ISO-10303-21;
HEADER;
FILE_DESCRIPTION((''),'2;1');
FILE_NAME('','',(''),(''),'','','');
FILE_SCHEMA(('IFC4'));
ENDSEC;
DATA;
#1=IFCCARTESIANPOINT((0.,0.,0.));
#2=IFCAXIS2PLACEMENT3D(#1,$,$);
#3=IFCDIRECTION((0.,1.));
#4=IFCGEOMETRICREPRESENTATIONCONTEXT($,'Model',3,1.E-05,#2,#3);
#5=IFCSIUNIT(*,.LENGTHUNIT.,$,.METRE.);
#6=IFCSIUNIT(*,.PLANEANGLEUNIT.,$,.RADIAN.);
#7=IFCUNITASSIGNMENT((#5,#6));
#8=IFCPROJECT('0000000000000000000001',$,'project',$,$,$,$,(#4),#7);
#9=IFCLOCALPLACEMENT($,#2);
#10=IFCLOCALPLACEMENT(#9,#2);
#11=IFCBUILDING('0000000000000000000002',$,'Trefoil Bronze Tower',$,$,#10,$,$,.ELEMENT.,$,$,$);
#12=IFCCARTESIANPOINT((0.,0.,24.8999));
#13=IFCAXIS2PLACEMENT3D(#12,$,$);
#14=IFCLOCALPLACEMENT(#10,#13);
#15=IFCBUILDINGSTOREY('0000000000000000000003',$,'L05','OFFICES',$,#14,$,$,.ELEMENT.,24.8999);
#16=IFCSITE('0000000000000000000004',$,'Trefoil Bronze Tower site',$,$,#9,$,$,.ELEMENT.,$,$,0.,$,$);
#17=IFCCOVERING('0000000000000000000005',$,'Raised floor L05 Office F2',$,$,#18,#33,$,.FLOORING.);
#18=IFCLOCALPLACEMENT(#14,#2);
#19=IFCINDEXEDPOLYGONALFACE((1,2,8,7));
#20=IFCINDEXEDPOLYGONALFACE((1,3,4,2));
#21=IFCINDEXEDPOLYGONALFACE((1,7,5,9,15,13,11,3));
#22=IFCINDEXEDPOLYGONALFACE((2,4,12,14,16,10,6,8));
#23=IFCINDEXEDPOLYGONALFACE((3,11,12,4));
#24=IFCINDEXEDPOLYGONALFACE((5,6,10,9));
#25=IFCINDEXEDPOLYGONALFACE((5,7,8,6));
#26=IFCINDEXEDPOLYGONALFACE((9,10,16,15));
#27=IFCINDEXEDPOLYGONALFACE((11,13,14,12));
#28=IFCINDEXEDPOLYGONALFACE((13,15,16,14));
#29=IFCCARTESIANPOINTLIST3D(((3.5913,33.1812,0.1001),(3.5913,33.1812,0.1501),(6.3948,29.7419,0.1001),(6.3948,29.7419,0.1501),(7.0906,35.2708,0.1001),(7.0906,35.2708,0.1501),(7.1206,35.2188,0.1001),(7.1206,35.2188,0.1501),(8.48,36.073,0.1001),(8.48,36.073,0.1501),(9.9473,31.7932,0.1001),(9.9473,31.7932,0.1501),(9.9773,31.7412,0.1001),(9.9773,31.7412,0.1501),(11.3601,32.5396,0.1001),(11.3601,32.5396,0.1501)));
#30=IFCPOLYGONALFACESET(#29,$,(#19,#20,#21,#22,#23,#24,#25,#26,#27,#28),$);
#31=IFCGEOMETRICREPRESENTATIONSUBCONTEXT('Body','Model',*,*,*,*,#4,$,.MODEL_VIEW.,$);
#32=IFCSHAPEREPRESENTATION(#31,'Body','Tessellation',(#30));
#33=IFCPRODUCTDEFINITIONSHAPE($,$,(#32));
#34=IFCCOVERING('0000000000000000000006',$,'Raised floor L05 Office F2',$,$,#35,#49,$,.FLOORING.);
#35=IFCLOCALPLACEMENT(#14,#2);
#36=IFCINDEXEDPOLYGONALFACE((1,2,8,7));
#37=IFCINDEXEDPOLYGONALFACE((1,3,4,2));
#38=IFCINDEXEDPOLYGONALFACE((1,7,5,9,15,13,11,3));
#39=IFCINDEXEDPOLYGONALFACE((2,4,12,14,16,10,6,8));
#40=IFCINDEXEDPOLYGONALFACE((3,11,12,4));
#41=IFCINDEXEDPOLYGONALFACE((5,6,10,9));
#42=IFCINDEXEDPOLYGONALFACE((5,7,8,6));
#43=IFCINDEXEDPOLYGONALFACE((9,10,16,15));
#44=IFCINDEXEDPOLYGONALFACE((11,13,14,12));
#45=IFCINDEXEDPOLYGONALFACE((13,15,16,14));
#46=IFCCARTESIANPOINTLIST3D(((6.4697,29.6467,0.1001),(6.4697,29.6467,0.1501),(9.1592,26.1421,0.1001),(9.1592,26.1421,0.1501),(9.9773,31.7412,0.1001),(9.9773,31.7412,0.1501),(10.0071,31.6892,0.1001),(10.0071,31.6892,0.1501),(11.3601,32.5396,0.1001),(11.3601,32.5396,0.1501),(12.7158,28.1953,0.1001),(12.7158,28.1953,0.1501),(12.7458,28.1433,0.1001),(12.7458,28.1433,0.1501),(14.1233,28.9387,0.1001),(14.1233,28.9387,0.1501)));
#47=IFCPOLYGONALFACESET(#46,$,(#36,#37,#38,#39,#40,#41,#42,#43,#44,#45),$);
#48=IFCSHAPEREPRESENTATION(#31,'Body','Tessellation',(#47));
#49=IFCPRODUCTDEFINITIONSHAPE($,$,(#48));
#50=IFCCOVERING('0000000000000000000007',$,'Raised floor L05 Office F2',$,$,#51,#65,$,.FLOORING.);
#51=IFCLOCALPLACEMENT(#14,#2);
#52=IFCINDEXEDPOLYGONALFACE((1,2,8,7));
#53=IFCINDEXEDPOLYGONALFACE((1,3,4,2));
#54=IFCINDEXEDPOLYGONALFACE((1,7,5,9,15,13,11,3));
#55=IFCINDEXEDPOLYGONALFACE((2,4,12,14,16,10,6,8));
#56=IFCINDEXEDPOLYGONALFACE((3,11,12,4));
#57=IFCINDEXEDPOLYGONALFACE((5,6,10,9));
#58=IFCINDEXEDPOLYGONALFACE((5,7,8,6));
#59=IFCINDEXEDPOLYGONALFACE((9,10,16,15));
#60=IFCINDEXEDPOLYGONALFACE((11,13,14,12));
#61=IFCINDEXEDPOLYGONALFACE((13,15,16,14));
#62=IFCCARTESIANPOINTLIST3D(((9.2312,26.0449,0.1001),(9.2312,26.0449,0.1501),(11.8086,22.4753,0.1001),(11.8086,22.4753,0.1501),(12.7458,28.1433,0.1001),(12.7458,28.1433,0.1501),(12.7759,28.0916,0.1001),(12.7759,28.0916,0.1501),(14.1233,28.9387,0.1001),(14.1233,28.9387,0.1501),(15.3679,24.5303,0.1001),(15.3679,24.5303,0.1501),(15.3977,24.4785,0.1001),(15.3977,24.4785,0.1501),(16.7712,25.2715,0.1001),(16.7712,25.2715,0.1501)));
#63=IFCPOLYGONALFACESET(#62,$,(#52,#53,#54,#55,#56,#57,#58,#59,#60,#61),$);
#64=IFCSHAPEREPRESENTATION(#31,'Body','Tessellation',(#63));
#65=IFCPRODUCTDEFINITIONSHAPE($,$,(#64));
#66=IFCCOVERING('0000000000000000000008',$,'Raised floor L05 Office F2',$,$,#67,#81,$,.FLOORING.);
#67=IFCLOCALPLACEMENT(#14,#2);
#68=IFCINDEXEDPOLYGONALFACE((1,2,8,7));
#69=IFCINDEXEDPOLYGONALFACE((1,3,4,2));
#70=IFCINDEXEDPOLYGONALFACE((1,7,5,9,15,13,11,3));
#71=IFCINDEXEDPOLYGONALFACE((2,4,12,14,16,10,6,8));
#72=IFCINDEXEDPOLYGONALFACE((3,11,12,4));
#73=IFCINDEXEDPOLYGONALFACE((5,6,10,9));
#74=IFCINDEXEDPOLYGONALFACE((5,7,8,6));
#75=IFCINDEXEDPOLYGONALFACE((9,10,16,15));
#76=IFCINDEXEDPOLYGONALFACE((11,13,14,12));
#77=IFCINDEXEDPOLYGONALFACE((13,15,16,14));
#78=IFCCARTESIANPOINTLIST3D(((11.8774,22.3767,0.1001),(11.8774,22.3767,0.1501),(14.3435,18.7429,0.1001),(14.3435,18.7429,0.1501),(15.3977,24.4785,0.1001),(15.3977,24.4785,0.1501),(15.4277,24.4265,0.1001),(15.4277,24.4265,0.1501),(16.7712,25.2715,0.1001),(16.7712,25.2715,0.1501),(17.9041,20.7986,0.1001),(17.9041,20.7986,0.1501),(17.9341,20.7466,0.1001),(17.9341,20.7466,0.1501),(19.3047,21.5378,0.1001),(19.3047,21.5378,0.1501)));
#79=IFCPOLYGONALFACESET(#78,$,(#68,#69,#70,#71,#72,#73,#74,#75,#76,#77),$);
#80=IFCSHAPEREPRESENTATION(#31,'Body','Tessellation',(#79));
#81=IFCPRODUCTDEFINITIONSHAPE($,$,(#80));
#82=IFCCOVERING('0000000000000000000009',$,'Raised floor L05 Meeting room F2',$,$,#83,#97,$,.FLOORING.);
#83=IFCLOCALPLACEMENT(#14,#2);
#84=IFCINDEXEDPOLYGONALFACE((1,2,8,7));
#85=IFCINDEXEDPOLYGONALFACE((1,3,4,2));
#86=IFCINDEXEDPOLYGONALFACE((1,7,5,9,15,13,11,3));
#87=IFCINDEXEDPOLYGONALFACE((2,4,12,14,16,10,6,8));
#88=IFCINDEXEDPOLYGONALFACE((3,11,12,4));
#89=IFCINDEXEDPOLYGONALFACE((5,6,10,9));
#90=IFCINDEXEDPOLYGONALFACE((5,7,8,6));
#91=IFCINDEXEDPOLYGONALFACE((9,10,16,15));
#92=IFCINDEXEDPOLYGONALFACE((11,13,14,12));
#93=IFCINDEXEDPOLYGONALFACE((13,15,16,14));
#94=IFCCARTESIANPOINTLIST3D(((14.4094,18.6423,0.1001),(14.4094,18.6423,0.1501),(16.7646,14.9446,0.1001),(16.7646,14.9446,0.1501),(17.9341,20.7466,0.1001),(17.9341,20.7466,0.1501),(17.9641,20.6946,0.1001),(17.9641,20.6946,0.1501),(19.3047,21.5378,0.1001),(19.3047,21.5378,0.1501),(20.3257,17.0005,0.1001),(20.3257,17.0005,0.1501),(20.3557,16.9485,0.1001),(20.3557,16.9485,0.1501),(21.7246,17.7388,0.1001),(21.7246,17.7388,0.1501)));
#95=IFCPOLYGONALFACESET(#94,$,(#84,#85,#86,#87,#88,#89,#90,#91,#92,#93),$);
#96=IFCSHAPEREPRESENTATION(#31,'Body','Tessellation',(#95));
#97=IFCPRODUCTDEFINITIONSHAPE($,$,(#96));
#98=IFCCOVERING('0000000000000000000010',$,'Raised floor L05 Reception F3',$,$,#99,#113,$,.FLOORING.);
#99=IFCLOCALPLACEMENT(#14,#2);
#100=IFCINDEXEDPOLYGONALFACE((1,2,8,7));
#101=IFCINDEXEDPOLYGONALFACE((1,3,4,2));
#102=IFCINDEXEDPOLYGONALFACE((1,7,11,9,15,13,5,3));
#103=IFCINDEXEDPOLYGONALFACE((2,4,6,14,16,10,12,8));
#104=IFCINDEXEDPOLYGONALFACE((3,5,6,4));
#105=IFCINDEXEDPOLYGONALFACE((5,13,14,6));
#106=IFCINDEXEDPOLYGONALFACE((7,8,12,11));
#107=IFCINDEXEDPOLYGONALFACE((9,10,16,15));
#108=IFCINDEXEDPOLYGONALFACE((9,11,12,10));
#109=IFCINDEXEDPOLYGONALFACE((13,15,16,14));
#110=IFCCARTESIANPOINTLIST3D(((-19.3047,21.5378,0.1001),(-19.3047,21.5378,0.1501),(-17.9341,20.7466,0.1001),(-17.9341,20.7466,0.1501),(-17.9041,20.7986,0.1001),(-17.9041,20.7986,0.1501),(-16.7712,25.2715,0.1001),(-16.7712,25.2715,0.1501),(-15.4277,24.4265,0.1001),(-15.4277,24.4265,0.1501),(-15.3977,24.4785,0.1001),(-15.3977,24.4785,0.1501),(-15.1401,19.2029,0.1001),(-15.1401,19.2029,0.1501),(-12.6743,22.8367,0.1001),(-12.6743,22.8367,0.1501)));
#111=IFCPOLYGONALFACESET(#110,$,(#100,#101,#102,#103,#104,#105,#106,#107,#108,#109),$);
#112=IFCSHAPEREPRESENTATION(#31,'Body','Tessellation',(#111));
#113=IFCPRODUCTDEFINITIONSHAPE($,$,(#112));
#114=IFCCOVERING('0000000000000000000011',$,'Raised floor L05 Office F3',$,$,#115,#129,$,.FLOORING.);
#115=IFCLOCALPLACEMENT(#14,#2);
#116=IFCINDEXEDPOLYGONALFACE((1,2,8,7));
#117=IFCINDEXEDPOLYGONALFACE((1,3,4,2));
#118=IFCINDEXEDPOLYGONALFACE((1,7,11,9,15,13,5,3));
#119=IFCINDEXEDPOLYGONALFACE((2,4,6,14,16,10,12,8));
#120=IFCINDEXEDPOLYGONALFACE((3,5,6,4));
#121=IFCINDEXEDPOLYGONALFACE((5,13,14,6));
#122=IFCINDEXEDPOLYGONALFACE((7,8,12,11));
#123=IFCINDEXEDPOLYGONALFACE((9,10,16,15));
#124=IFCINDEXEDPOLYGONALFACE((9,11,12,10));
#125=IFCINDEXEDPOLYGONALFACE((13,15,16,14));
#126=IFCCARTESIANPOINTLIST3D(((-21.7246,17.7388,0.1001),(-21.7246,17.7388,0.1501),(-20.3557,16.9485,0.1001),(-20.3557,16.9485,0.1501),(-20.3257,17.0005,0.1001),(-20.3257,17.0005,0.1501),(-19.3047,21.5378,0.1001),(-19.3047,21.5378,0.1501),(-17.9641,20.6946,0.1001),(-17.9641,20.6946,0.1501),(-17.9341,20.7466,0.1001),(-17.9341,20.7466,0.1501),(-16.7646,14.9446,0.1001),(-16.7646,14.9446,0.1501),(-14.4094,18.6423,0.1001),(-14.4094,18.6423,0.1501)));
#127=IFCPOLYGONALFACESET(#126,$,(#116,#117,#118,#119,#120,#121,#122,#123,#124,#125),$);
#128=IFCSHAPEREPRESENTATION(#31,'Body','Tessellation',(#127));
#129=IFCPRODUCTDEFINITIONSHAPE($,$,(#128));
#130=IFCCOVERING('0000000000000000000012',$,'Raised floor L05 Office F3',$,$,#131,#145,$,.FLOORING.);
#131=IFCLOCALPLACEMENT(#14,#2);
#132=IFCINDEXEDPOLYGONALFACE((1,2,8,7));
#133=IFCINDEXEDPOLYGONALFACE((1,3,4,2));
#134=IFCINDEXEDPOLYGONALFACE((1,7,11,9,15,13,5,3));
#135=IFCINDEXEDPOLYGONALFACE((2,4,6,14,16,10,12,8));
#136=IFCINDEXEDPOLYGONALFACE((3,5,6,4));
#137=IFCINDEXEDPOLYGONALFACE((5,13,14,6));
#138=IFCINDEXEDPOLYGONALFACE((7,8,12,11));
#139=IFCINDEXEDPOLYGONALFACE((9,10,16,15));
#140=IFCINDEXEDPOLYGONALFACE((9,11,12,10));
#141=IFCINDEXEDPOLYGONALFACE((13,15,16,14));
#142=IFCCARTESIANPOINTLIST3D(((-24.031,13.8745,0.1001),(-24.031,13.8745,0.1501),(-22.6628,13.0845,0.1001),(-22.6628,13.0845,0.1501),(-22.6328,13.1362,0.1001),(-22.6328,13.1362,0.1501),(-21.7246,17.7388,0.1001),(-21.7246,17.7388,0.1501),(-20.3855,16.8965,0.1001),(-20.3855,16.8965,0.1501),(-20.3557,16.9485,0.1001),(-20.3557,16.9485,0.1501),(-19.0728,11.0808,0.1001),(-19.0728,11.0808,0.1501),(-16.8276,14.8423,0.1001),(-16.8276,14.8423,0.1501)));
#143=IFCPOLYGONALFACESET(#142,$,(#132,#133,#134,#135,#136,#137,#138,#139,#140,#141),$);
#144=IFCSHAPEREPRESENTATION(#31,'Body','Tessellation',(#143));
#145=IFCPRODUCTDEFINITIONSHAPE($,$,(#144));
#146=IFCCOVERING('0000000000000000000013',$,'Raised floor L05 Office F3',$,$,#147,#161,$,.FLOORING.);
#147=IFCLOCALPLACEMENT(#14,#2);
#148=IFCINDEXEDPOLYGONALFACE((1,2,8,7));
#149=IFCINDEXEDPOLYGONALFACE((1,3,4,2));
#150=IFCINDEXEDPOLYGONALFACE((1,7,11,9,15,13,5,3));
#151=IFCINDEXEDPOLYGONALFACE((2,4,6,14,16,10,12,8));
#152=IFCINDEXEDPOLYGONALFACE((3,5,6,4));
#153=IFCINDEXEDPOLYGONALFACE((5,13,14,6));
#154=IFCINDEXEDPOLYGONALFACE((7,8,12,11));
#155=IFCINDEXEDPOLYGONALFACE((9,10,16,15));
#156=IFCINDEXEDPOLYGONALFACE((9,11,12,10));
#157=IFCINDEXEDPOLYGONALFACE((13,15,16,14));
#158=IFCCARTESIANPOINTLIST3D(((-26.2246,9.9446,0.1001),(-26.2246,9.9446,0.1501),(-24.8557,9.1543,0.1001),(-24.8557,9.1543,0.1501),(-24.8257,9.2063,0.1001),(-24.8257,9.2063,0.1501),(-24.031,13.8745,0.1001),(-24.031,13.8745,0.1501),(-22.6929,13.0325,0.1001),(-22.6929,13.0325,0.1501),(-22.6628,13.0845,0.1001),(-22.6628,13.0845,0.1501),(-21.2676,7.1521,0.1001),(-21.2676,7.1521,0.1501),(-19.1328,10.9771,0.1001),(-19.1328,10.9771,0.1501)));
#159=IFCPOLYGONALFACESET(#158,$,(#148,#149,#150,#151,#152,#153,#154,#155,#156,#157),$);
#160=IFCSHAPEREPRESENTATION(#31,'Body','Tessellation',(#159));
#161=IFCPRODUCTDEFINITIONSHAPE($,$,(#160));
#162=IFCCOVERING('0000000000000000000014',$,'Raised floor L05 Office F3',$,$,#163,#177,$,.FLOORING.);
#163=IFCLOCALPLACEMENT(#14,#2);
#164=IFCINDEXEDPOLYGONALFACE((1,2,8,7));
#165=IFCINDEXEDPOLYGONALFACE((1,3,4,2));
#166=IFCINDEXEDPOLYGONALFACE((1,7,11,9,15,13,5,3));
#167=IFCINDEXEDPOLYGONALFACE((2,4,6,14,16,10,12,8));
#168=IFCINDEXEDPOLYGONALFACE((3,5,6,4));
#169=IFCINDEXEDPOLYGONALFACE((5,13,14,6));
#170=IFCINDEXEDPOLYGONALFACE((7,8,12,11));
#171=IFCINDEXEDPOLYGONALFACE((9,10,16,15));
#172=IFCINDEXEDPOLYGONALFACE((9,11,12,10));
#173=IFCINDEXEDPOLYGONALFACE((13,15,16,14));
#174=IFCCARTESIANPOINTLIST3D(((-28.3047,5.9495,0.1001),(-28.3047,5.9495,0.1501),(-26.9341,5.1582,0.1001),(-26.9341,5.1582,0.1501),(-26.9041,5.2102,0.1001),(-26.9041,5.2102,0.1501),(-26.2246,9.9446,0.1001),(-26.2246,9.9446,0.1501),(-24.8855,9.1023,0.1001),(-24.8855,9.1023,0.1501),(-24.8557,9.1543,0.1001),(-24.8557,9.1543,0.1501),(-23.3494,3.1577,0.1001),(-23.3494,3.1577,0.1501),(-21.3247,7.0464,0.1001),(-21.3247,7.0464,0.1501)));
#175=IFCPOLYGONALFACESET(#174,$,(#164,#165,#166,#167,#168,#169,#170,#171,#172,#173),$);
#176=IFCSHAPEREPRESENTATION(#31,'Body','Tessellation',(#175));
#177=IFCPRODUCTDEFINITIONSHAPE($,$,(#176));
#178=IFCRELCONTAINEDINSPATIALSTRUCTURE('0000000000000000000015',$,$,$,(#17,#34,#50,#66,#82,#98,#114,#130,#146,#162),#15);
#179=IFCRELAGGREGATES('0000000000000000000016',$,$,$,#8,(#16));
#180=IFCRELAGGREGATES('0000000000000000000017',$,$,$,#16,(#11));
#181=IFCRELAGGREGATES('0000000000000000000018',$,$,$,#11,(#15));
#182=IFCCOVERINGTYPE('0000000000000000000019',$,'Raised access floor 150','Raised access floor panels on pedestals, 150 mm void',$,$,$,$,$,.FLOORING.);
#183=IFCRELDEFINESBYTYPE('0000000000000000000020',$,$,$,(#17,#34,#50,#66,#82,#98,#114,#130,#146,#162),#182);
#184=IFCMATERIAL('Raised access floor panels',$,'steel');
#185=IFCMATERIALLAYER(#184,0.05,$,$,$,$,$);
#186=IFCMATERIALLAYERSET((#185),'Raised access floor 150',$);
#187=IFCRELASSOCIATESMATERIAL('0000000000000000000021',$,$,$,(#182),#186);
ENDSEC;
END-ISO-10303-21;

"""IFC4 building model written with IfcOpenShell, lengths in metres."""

from ifc_helpers import new_model, si_unit, direction, frame, origin, place, context, subcontext, project, spatial, polyline, outline, extrude, material, layer, layer_set, type_object, element, save


model = new_model("IFC4")

# Units and contexts
model_context = context("Model", 3, precision=1e-05, world=origin(), true_north=direction((0.0, 1.0)))
body_context = subcontext(model_context, "Body", "Model", "MODEL_VIEW")
ifc_project = project(units=[si_unit("LENGTHUNIT", "METRE"), si_unit("PLANEANGLEUNIT", "RADIAN")], contexts=[model_context])

# Site, building, storey
site_placement = place(None, origin())
site = spatial("IfcSite", under=ifc_project, at=site_placement, Name="Trefoil Bronze Tower site", CompositionType="ELEMENT", RefElevation=0.0)
building_placement = place(site_placement, origin())
building = spatial("IfcBuilding", under=site, at=building_placement, Name="Trefoil Bronze Tower", CompositionType="ELEMENT")
storey_placement = place(building_placement, frame((0.0, 0.0, 24.8999)))
storey = spatial("IfcBuildingStorey", under=building, at=storey_placement, Name="L05", Description="OFFICES", CompositionType="ELEMENT", Elevation=24.8999)

# Coverings
ifc_material_1 = material(Name="Raised access floor panels", Category="steel")
ifc_layer_1 = layer(ifc_material_1, 0.05)
ifc_layer_set_1 = layer_set([ifc_layer_1], Name="Raised access floor 150")
covering_type_1 = type_object("IfcCoveringType", Name="Raised access floor 150", Description="Raised access floor panels on pedestals, 150 mm void", PredefinedType="FLOORING", material=ifc_layer_set_1)
covering_1_placement = place(storey_placement, frame((0.0, 0.0, 0.1001)))
element("IfcCovering", 1, at=covering_1_placement, inside=storey, type_object=covering_type_1, Name="Raised floor L05 Office F2", PredefinedType="FLOORING", context=body_context, shape_type="SweptSolid", body=[
    extrude(outline(polyline([(11.3601, 32.5396), (9.9773, 31.7412), (9.9473, 31.7932), (6.3948, 29.7419), (3.5913, 33.1812), (7.1206, 35.2188), (7.0906, 35.2708), (8.48, 36.073), (11.3601, 32.5396)])), origin(), (0.0, 0.0, 1.0), 0.05),
])
covering_2_placement = place(storey_placement, frame((0.0, 0.0, 0.1001)))
element("IfcCovering", 2, at=covering_2_placement, inside=storey, type_object=covering_type_1, Name="Raised floor L05 Office F2", PredefinedType="FLOORING", context=body_context, shape_type="SweptSolid", body=[
    extrude(outline(polyline([(11.3601, 32.5396), (14.1233, 28.9387), (12.7458, 28.1433), (12.7158, 28.1953), (9.1592, 26.1421), (6.4697, 29.6467), (10.0071, 31.6892), (9.9773, 31.7412), (11.3601, 32.5396)])), origin(), (0.0, 0.0, 1.0), 0.05),
])
covering_3_placement = place(storey_placement, frame((0.0, 0.0, 0.1001)))
element("IfcCovering", 3, at=covering_3_placement, inside=storey, type_object=covering_type_1, Name="Raised floor L05 Office F2", PredefinedType="FLOORING", context=body_context, shape_type="SweptSolid", body=[
    extrude(outline(polyline([(16.7712, 25.2715), (15.3977, 24.4785), (15.3679, 24.5303), (11.8086, 22.4753), (9.2312, 26.0449), (12.7759, 28.0916), (12.7458, 28.1433), (14.1233, 28.9387), (16.7712, 25.2715)])), origin(), (0.0, 0.0, 1.0), 0.05),
])
covering_4_placement = place(storey_placement, frame((0.0, 0.0, 0.1001)))
element("IfcCovering", 4, at=covering_4_placement, inside=storey, type_object=covering_type_1, Name="Raised floor L05 Office F2", PredefinedType="FLOORING", context=body_context, shape_type="SweptSolid", body=[
    extrude(outline(polyline([(16.7712, 25.2715), (19.3047, 21.5378), (17.9341, 20.7466), (17.9041, 20.7986), (14.3435, 18.7429), (11.8774, 22.3767), (15.4277, 24.4265), (15.3977, 24.4785), (16.7712, 25.2715)])), origin(), (0.0, 0.0, 1.0), 0.05),
])
covering_5_placement = place(storey_placement, frame((0.0, 0.0, 0.1001)))
element("IfcCovering", 5, at=covering_5_placement, inside=storey, type_object=covering_type_1, Name="Raised floor L05 Meeting room F2", PredefinedType="FLOORING", context=body_context, shape_type="SweptSolid", body=[
    extrude(outline(polyline([(21.7246, 17.7388), (20.3557, 16.9485), (20.3257, 17.0005), (16.7646, 14.9446), (14.4094, 18.6423), (17.9641, 20.6946), (17.9341, 20.7466), (19.3047, 21.5378), (21.7246, 17.7388)])), origin(), (0.0, 0.0, 1.0), 0.05),
])
covering_6_placement = place(storey_placement, frame((0.0, 0.0, 0.1001)))
element("IfcCovering", 6, at=covering_6_placement, inside=storey, type_object=covering_type_1, Name="Raised floor L05 Reception F3", PredefinedType="FLOORING", context=body_context, shape_type="SweptSolid", body=[
    extrude(outline(polyline([(-19.3047, 21.5378), (-16.7712, 25.2715), (-15.3977, 24.4785), (-15.4277, 24.4265), (-12.6743, 22.8367), (-15.1401, 19.2029), (-17.9041, 20.7986), (-17.9341, 20.7466), (-19.3047, 21.5378)])), origin(), (0.0, 0.0, 1.0), 0.05),
])
covering_7_placement = place(storey_placement, frame((0.0, 0.0, 0.1001)))
element("IfcCovering", 7, at=covering_7_placement, inside=storey, type_object=covering_type_1, Name="Raised floor L05 Office F3", PredefinedType="FLOORING", context=body_context, shape_type="SweptSolid", body=[
    extrude(outline(polyline([(-19.3047, 21.5378), (-17.9341, 20.7466), (-17.9641, 20.6946), (-14.4094, 18.6423), (-16.7646, 14.9446), (-20.3257, 17.0005), (-20.3557, 16.9485), (-21.7246, 17.7388), (-19.3047, 21.5378)])), origin(), (0.0, 0.0, 1.0), 0.05),
])
covering_8_placement = place(storey_placement, frame((0.0, 0.0, 0.1001)))
element("IfcCovering", 8, at=covering_8_placement, inside=storey, type_object=covering_type_1, Name="Raised floor L05 Office F3", PredefinedType="FLOORING", context=body_context, shape_type="SweptSolid", body=[
    extrude(outline(polyline([(-24.031, 13.8745), (-21.7246, 17.7388), (-20.3557, 16.9485), (-20.3855, 16.8965), (-16.8276, 14.8423), (-19.0728, 11.0808), (-22.6328, 13.1362), (-22.6628, 13.0845), (-24.031, 13.8745)])), origin(), (0.0, 0.0, 1.0), 0.05),
])
covering_9_placement = place(storey_placement, frame((0.0, 0.0, 0.1001)))
element("IfcCovering", 9, at=covering_9_placement, inside=storey, type_object=covering_type_1, Name="Raised floor L05 Office F3", PredefinedType="FLOORING", context=body_context, shape_type="SweptSolid", body=[
    extrude(outline(polyline([(-26.2246, 9.9446), (-24.031, 13.8745), (-22.6628, 13.0845), (-22.6929, 13.0325), (-19.1328, 10.9771), (-21.2676, 7.1521), (-24.8257, 9.2063), (-24.8557, 9.1543), (-26.2246, 9.9446)])), origin(), (0.0, 0.0, 1.0), 0.05),
])
covering_10_placement = place(storey_placement, frame((0.0, 0.0, 0.1001)))
element("IfcCovering", 10, at=covering_10_placement, inside=storey, type_object=covering_type_1, Name="Raised floor L05 Office F3", PredefinedType="FLOORING", context=body_context, shape_type="SweptSolid", body=[
    extrude(outline(polyline([(-28.3047, 5.9495), (-26.2246, 9.9446), (-24.8557, 9.1543), (-24.8855, 9.1023), (-21.3247, 7.0464), (-23.3494, 3.1577), (-26.9041, 5.2102), (-26.9341, 5.1582), (-28.3047, 5.9495)])), origin(), (0.0, 0.0, 1.0), 0.05),
])

save(model, "model.ifc")
